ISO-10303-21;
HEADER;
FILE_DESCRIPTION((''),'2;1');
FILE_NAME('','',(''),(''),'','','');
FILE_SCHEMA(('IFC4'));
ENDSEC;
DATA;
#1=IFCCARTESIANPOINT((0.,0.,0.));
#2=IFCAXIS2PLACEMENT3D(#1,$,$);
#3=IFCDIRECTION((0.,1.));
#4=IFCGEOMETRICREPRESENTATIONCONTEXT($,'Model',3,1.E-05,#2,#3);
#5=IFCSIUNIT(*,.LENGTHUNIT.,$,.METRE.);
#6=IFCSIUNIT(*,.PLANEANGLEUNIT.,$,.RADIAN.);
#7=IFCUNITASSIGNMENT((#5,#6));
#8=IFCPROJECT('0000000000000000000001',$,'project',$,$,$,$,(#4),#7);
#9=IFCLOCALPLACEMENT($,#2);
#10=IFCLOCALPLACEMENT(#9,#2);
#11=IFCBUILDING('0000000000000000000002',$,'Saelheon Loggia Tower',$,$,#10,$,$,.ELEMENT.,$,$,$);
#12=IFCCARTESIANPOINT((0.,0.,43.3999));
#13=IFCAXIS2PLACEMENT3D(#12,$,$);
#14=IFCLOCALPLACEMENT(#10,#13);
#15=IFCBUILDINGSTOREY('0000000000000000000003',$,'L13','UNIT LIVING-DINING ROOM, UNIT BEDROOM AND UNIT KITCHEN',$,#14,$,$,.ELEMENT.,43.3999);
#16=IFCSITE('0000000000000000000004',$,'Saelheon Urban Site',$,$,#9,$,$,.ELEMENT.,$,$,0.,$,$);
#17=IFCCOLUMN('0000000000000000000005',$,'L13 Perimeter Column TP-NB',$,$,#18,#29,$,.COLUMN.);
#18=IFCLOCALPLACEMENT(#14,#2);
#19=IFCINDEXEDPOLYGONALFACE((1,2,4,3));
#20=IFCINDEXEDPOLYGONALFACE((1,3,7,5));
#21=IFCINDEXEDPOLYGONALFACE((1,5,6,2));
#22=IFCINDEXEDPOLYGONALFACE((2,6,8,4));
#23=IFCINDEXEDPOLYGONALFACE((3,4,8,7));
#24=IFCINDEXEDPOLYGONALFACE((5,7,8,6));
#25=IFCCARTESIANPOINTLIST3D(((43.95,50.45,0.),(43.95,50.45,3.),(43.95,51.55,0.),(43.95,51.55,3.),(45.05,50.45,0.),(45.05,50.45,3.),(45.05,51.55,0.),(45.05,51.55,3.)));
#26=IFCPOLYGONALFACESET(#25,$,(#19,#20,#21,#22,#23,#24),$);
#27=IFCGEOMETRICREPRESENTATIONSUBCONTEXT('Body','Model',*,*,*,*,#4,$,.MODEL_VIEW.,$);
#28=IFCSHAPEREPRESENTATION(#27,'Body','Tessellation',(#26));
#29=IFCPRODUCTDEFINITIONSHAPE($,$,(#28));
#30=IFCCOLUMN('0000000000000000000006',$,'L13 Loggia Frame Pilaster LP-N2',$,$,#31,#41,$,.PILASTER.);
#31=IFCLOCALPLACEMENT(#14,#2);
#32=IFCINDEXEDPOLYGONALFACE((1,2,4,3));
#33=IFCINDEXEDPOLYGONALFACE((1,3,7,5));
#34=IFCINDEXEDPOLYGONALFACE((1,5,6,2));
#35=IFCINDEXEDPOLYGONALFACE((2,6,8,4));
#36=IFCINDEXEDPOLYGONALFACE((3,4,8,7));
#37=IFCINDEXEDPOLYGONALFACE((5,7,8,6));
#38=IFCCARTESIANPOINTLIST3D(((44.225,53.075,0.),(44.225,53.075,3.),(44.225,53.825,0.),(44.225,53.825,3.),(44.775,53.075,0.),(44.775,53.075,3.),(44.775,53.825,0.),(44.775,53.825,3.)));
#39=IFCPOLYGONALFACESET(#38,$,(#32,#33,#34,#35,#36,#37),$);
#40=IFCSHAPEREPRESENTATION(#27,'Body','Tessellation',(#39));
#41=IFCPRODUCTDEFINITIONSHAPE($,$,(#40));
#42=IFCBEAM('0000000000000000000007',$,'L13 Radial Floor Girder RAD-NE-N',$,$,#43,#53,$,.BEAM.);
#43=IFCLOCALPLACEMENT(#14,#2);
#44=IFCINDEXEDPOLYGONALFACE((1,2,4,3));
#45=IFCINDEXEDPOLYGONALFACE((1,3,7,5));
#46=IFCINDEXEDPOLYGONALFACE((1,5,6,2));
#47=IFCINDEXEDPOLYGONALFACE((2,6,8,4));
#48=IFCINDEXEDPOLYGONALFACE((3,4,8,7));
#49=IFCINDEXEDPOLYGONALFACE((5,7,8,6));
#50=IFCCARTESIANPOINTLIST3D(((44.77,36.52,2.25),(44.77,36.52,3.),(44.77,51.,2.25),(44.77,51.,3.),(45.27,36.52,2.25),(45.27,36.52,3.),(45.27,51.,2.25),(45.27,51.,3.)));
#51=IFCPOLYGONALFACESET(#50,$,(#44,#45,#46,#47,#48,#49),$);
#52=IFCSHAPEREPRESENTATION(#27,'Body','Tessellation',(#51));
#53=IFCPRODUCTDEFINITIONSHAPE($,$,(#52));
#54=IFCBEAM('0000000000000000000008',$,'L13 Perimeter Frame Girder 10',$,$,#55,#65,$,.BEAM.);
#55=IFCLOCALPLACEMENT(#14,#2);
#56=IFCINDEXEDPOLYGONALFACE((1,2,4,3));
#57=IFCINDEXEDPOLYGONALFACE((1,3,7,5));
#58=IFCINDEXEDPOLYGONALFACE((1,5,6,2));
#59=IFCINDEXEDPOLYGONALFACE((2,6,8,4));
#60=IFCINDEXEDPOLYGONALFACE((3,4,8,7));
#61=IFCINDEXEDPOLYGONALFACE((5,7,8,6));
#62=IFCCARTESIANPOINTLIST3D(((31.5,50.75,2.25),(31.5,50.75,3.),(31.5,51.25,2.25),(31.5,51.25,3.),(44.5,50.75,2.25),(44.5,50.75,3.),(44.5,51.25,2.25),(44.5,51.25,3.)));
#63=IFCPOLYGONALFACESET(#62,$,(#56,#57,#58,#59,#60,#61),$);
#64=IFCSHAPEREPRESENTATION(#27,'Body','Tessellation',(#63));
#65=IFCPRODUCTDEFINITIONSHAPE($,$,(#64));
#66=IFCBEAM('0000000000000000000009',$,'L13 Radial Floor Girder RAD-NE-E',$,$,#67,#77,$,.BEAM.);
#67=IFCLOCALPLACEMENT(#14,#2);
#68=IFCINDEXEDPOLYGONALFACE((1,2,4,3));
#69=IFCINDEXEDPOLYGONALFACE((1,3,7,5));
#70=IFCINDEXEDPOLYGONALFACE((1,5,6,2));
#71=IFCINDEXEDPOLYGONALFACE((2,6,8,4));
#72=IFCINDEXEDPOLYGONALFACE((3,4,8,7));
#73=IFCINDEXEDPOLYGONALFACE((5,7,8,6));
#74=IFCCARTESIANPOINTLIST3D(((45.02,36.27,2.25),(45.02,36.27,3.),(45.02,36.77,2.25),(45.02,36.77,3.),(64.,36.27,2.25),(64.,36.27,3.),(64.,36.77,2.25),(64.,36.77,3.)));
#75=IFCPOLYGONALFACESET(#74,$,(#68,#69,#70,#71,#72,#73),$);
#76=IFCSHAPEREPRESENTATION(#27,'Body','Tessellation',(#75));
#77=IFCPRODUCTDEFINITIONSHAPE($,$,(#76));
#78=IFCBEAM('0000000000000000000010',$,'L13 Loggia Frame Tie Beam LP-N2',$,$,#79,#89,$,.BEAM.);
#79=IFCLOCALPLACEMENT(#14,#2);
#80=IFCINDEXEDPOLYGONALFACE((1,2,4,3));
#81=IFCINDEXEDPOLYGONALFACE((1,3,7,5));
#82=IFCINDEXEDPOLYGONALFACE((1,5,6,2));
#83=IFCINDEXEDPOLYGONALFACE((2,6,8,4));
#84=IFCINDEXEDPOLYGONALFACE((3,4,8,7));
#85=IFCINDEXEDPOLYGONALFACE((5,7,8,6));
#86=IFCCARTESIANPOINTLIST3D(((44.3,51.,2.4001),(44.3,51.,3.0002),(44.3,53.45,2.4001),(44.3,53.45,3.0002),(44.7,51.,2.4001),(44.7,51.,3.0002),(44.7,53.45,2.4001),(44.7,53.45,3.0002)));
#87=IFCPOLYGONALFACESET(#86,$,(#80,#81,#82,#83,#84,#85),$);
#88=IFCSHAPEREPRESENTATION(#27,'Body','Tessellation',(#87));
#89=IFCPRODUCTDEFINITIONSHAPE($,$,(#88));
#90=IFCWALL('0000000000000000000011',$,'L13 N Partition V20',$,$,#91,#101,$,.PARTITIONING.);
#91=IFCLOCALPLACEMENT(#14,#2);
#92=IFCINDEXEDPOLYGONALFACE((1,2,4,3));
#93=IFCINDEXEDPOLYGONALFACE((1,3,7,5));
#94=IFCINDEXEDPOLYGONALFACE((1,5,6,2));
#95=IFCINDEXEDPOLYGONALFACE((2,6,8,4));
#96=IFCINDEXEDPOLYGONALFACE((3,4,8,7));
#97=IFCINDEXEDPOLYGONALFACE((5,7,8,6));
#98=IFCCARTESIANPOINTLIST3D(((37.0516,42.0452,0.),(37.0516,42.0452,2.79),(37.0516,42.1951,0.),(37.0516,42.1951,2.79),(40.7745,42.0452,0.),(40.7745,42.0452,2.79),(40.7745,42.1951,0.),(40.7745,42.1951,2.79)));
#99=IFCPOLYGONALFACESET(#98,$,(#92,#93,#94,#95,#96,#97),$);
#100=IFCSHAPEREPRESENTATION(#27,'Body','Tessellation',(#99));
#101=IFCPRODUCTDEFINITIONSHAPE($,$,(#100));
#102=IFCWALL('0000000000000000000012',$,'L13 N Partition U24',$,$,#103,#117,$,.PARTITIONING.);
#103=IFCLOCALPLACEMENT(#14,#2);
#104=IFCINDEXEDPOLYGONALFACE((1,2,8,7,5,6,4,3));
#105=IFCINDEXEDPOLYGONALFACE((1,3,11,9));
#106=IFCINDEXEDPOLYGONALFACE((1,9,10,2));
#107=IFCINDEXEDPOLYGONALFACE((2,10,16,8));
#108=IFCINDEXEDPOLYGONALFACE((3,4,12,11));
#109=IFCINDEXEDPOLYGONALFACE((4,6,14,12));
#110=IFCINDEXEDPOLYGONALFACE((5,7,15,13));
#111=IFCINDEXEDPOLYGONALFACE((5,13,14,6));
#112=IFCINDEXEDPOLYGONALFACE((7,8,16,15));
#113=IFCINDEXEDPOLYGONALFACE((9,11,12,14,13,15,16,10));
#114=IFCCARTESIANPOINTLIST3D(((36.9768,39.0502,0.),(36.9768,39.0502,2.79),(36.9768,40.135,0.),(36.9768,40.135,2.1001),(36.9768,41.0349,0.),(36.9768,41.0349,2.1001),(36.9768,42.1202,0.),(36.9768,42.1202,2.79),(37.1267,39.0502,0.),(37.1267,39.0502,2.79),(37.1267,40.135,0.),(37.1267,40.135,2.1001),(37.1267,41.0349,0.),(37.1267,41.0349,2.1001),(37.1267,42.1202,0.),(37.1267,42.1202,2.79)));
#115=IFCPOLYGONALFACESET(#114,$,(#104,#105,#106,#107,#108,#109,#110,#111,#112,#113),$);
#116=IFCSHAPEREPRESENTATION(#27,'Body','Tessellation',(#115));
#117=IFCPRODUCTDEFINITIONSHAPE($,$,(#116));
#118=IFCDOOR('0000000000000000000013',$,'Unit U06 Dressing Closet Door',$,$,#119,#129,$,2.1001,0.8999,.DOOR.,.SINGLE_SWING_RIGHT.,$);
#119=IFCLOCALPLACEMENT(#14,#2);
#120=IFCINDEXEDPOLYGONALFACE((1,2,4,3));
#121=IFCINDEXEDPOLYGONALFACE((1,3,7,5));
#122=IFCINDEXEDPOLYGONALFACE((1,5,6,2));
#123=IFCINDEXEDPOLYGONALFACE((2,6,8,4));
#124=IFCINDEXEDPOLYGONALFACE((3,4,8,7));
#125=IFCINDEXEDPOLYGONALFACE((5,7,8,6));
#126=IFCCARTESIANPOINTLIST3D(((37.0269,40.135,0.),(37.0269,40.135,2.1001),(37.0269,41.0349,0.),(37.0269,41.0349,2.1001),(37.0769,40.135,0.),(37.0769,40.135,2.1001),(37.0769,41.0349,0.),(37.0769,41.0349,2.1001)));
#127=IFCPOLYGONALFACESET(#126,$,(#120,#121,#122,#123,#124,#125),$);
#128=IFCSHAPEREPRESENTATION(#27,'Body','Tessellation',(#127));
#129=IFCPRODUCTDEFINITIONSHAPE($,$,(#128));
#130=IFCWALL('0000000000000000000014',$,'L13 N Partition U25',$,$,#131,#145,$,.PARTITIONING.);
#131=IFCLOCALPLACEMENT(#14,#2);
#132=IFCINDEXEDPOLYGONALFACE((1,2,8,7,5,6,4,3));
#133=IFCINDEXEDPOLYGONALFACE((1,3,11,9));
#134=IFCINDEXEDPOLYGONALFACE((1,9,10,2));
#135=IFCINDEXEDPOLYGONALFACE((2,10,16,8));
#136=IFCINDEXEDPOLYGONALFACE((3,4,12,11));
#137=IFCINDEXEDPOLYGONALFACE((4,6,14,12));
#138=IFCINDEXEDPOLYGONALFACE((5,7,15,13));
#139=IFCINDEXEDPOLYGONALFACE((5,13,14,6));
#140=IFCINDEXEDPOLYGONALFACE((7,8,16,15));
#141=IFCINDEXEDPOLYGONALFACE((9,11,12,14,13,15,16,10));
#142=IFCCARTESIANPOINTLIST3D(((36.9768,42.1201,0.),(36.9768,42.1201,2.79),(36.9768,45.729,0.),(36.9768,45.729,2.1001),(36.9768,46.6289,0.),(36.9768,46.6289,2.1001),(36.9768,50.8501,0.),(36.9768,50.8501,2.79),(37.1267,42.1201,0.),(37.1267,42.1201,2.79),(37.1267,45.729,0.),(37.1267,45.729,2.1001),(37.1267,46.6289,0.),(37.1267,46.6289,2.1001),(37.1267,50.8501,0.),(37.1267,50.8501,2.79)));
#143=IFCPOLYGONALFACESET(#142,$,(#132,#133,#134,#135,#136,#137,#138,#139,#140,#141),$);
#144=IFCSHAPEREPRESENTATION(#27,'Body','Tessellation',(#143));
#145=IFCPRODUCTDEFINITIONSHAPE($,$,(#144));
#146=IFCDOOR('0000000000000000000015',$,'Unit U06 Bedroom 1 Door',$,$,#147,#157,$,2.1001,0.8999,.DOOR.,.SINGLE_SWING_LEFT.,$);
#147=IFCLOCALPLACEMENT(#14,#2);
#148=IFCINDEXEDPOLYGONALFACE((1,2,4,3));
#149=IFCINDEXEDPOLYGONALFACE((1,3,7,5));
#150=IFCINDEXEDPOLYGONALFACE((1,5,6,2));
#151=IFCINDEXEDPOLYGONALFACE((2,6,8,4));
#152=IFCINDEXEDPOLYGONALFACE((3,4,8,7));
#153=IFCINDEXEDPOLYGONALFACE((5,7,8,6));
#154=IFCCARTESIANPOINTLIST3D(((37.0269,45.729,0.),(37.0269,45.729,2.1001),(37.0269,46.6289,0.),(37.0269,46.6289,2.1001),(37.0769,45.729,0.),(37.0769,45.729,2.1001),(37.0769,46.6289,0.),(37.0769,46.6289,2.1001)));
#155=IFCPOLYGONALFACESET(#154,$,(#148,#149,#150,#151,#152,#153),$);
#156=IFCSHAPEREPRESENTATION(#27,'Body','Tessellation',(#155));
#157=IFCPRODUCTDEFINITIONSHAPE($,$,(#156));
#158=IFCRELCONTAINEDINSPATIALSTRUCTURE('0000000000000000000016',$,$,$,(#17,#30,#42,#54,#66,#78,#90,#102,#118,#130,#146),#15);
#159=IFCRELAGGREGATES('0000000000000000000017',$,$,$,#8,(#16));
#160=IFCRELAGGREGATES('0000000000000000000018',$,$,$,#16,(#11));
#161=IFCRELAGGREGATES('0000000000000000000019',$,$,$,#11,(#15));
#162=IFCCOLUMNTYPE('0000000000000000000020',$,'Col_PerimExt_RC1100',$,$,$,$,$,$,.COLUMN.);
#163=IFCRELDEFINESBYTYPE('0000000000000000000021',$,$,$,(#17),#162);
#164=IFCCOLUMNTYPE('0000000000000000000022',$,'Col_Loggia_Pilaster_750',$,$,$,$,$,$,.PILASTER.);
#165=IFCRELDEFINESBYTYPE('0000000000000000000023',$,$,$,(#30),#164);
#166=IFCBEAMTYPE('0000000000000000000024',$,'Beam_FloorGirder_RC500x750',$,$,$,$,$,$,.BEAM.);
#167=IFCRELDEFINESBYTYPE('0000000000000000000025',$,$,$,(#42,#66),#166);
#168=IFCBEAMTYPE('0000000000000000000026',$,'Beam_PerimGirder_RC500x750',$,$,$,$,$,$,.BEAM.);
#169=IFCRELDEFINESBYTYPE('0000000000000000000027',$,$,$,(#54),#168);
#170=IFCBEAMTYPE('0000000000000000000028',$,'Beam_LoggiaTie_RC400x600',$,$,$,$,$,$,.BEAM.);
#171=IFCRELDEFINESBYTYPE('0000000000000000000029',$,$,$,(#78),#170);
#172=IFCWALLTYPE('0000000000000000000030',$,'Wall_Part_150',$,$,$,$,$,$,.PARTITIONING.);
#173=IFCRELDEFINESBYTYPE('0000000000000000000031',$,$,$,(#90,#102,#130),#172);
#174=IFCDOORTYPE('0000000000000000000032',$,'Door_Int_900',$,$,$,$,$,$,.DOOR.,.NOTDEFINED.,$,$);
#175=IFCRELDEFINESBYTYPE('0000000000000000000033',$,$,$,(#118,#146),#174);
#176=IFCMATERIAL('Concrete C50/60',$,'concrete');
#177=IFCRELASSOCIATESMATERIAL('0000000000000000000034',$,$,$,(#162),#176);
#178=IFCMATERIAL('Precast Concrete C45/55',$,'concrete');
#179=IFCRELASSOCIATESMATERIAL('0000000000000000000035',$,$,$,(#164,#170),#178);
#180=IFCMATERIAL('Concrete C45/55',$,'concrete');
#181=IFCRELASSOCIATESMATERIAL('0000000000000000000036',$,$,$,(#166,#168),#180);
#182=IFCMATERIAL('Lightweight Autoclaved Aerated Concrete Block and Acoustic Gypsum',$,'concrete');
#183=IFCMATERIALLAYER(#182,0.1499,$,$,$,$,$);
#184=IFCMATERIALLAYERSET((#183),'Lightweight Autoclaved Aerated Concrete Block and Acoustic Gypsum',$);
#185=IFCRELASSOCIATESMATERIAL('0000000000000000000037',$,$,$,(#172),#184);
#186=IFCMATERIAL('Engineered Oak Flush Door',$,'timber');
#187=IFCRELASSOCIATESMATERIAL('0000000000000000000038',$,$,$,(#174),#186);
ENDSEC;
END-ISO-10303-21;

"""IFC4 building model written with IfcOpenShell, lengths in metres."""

from ifc_helpers import new_model, si_unit, direction, frame, frame_2d, origin, origin_2d, place, context, subcontext, project, spatial, rectangle, extrude, source, transform, mapped, material, layer, layer_set, material_profile, profile_set, type_object, element, fill, save


model = new_model("IFC4")

# Units and contexts
model_context = context("Model", 3, precision=1e-05, world=origin(), true_north=direction((0.0, 1.0)))
body_context = subcontext(model_context, "Body", "Model", "MODEL_VIEW")
ifc_project = project(units=[si_unit("LENGTHUNIT", "METRE"), si_unit("PLANEANGLEUNIT", "RADIAN")], contexts=[model_context])

# Site, building, storey
site_placement = place(None, origin())
site = spatial("IfcSite", under=ifc_project, at=site_placement, Name="Saelheon Urban Site", CompositionType="ELEMENT", RefElevation=0.0)
building_placement = place(site_placement, origin())
building = spatial("IfcBuilding", under=site, at=building_placement, Name="Saelheon Loggia Tower", CompositionType="ELEMENT")
storey_placement = place(building_placement, frame((0.0, 0.0, 43.3999)))
storey = spatial("IfcBuildingStorey", under=building, at=storey_placement, Name="L13", Description="UNIT LIVING-DINING ROOM, UNIT BEDROOM AND UNIT KITCHEN", CompositionType="ELEMENT", Elevation=43.3999)

# Columns
ifc_material_1 = material(Name="Concrete C50/60", Category="concrete")
ifc_material_profile_1 = material_profile(ifc_material_1, rectangle(XDim=1.1001, YDim=1.1001, at=origin_2d()), Name="RC-1100x1100")
ifc_profile_set_1 = profile_set([ifc_material_profile_1], Name="Concrete C50/60")
column_type_1 = type_object("IfcColumnType", Name="Col_PerimExt_RC1100", PredefinedType="COLUMN", material=ifc_profile_set_1)
shared_shape_1 = source(origin(), body_context, "Body", "SweptSolid", [
    extrude(rectangle(XDim=1.1001, YDim=1.1001, at=origin_2d()), origin(), (0.0, 0.0, 1.0), 3.0),
])
column_1_placement = place(storey_placement, frame((44.5, 51.0, 0.0), z_axis=(0.0, 0.0, 1.0), x_axis=(1.0, 0.0, 0.0)))
element("IfcColumn", 1, at=column_1_placement, inside=storey, type_object=column_type_1, Name="L13 Perimeter Column TP-NB", PredefinedType="COLUMN", context=body_context, shape_type="MappedRepresentation", body=[
    mapped(shared_shape_1, transform((0.0, 0.0, 0.0), scale=1.0)),
])
ifc_material_2 = material(Name="Precast Concrete C45/55", Category="concrete")
ifc_material_profile_2 = material_profile(ifc_material_2, rectangle(XDim=0.55, YDim=0.75, at=origin_2d()), Name="RC-550x750")
ifc_profile_set_2 = profile_set([ifc_material_profile_2], Name="Precast Concrete C45/55")
column_type_2 = type_object("IfcColumnType", Name="Col_Loggia_Pilaster_750", PredefinedType="PILASTER", material=ifc_profile_set_2)
shared_shape_2 = source(origin(), body_context, "Body", "SweptSolid", [
    extrude(rectangle(XDim=0.55, YDim=0.75, at=origin_2d()), origin(), (0.0, 0.0, 1.0), 3.0),
])
column_2_placement = place(storey_placement, frame((44.5, 53.45, 0.0), z_axis=(0.0, 0.0, 1.0), x_axis=(1.0, 0.0, 0.0)))
element("IfcColumn", 2, at=column_2_placement, inside=storey, type_object=column_type_2, Name="L13 Loggia Frame Pilaster LP-N2", PredefinedType="PILASTER", context=body_context, shape_type="MappedRepresentation", body=[
    mapped(shared_shape_2, transform((0.0, 0.0, 0.0), scale=1.0)),
])

# Beams
ifc_material_3 = material(Name="Concrete C45/55", Category="concrete")
ifc_material_profile_3 = material_profile(ifc_material_3, rectangle(XDim=0.5, YDim=0.75, at=origin_2d()), Name="RC-500x750")
ifc_profile_set_3 = profile_set([ifc_material_profile_3], Name="Concrete C45/55")
beam_type_1 = type_object("IfcBeamType", Name="Beam_FloorGirder_RC500x750", PredefinedType="BEAM", material=ifc_profile_set_3)
shared_shape_3 = source(origin(), body_context, "Body", "SweptSolid", [
    extrude(rectangle(XDim=0.5, YDim=0.75, at=origin_2d()), origin(), (0.0, 0.0, 1.0), 14.48),
])
beam_1_placement = place(storey_placement, frame((45.02, 36.52, 2.625), z_axis=(0.0, 1.0, 0.0), x_axis=(-1.0, 0.0, 0.0)))
element("IfcBeam", 3, at=beam_1_placement, inside=storey, type_object=beam_type_1, Name="L13 Radial Floor Girder RAD-NE-N", PredefinedType="BEAM", context=body_context, shape_type="MappedRepresentation", body=[
    mapped(shared_shape_3, transform((0.0, 0.0, 0.0), scale=1.0)),
])
ifc_material_profile_4 = material_profile(ifc_material_3, rectangle(XDim=0.5, YDim=0.75, at=origin_2d()), Name="RC-500x750")
ifc_profile_set_4 = profile_set([ifc_material_profile_4], Name="Concrete C45/55")
beam_type_2 = type_object("IfcBeamType", Name="Beam_PerimGirder_RC500x750", PredefinedType="BEAM", material=ifc_profile_set_4)
shared_shape_4 = source(origin(), body_context, "Body", "SweptSolid", [
    extrude(rectangle(XDim=0.5, YDim=0.75, at=origin_2d()), origin(), (0.0, 0.0, 1.0), 13.0),
])
beam_2_placement = place(storey_placement, frame((44.5, 51.0, 2.625), z_axis=(-1.0, 0.0, 0.0), x_axis=(0.0, -1.0, 0.0)))
element("IfcBeam", 4, at=beam_2_placement, inside=storey, type_object=beam_type_2, Name="L13 Perimeter Frame Girder 10", PredefinedType="BEAM", context=body_context, shape_type="MappedRepresentation", body=[
    mapped(shared_shape_4, transform((0.0, 0.0, 0.0), scale=1.0)),
])
shared_shape_5 = source(origin(), body_context, "Body", "SweptSolid", [
    extrude(rectangle(XDim=0.5, YDim=0.75, at=origin_2d()), origin(), (0.0, 0.0, 1.0), 18.98),
])
beam_3_placement = place(storey_placement, frame((45.02, 36.52, 2.625), z_axis=(1.0, 0.0, 0.0), x_axis=(0.0, 1.0, 0.0)))
element("IfcBeam", 5, at=beam_3_placement, inside=storey, type_object=beam_type_1, Name="L13 Radial Floor Girder RAD-NE-E", PredefinedType="BEAM", context=body_context, shape_type="MappedRepresentation", body=[
    mapped(shared_shape_5, transform((0.0, 0.0, 0.0), scale=1.0)),
])
ifc_material_profile_5 = material_profile(ifc_material_2, rectangle(XDim=0.3999, YDim=0.6001, at=origin_2d()), Name="RC-400x600")
ifc_profile_set_5 = profile_set([ifc_material_profile_5], Name="Precast Concrete C45/55")
beam_type_3 = type_object("IfcBeamType", Name="Beam_LoggiaTie_RC400x600", PredefinedType="BEAM", material=ifc_profile_set_5)
shared_shape_6 = source(origin(), body_context, "Body", "SweptSolid", [
    extrude(rectangle(XDim=0.3999, YDim=0.6001, at=origin_2d()), origin(), (0.0, 0.0, 1.0), 2.45),
])
beam_4_placement = place(storey_placement, frame((44.5, 51.0, 2.7002), z_axis=(0.0, 1.0, 0.0), x_axis=(-1.0, 0.0, 0.0)))
element("IfcBeam", 6, at=beam_4_placement, inside=storey, type_object=beam_type_3, Name="L13 Loggia Frame Tie Beam LP-N2", PredefinedType="BEAM", context=body_context, shape_type="MappedRepresentation", body=[
    mapped(shared_shape_6, transform((0.0, 0.0, 0.0), scale=1.0)),
])

# Wall
ifc_material_4 = material(Name="Lightweight Autoclaved Aerated Concrete Block and Acoustic Gypsum", Category="concrete")
ifc_layer_1 = layer(ifc_material_4, 0.1499)
ifc_layer_set_1 = layer_set([ifc_layer_1], Name="Lightweight Autoclaved Aerated Concrete Block and Acoustic Gypsum")
wall_type_1 = type_object("IfcWallType", Name="Wall_Part_150", PredefinedType="PARTITIONING", material=ifc_layer_set_1)
wall_1_placement = place(storey_placement, frame((37.0518, 42.1201, 0.0), z_axis=(0.0, 0.0, 1.0), x_axis=(1.0, 0.0, 0.0)))
element("IfcWall", 7, at=wall_1_placement, inside=storey, type_object=wall_type_1, Name="L13 N Partition V20", PredefinedType="PARTITIONING", context=body_context, shape_type="SweptSolid", body=[
    extrude(rectangle(XDim=3.7229, YDim=0.1499, at=frame_2d((1.8613, 0.0))), origin(), (0.0, 0.0, 1.0), 2.79),
])

# Walls, openings, doors
wall_2_placement = place(storey_placement, frame((37.0518, 39.05, 0.0), z_axis=(0.0, 0.0, 1.0), x_axis=(0.0, 1.0, 0.0)))
wall_2 = element("IfcWall", 8, at=wall_2_placement, inside=storey, type_object=wall_type_1, Name="L13 N Partition U24", PredefinedType="PARTITIONING", context=body_context, shape_type="SweptSolid", body=[
    extrude(rectangle(XDim=3.0701, YDim=0.1499, at=frame_2d((1.5352, 0.0))), origin(), (0.0, 0.0, 1.0), 2.79),
])
opening_1_placement = place(wall_2_placement, frame((1.085, 0.0, 0.0)))
opening_1 = element("IfcOpeningElement", 9, at=opening_1_placement, cuts=wall_2, PredefinedType="OPENING", context=body_context, shape_type="SweptSolid", body=[
    extrude(rectangle(XDim=0.8999, YDim=2.1001, at=frame_2d((0.45, 1.05))), frame((0.0, 0.0869, 0.0), z_axis=(0.0, -1.0, 0.0), x_axis=(1.0, 0.0, 0.0)), (0.0, 0.0, 1.0), 0.1738),
])
ifc_material_5 = material(Name="Engineered Oak Flush Door", Category="timber")
door_type_1 = type_object("IfcDoorType", Name="Door_Int_900", OperationType="NOTDEFINED", PredefinedType="DOOR", material=ifc_material_5)
shared_shape_7 = source(origin(), body_context, "Body", "SweptSolid", [
    extrude(rectangle(XDim=0.8999, YDim=2.1001, at=frame_2d((0.45, 1.05))), frame((0.0, 0.0249, 0.0), z_axis=(0.0, -1.0, 0.0), x_axis=(1.0, 0.0, 0.0)), (0.0, 0.0, 1.0), 0.05),
])
door_1_placement = place(opening_1_placement, origin())
door_1 = element("IfcDoor", 10, at=door_1_placement, inside=storey, type_object=door_type_1, Name="Unit U06 Dressing Closet Door", OperationType="SINGLE_SWING_RIGHT", OverallHeight=2.1001, OverallWidth=0.8999, PredefinedType="DOOR", context=body_context, shape_type="MappedRepresentation", body=[
    mapped(shared_shape_7, transform((0.0, 0.0, 0.0), scale=1.0)),
])
fill(opening_1, door_1)
wall_3_placement = place(storey_placement, frame((37.0518, 42.1201, 0.0), z_axis=(0.0, 0.0, 1.0), x_axis=(0.0, 1.0, 0.0)))
wall_3 = element("IfcWall", 11, at=wall_3_placement, inside=storey, type_object=wall_type_1, Name="L13 N Partition U25", PredefinedType="PARTITIONING", context=body_context, shape_type="SweptSolid", body=[
    extrude(rectangle(XDim=8.73, YDim=0.1499, at=frame_2d((4.365, 0.0))), origin(), (0.0, 0.0, 1.0), 2.79),
])
opening_2_placement = place(wall_3_placement, frame((3.6089, 0.0, 0.0)))
opening_2 = element("IfcOpeningElement", 12, at=opening_2_placement, cuts=wall_3, PredefinedType="OPENING", context=body_context, shape_type="SweptSolid", body=[
    extrude(rectangle(XDim=0.8999, YDim=2.1001, at=frame_2d((0.45, 1.05))), frame((0.0, 0.0869, 0.0), z_axis=(0.0, -1.0, 0.0), x_axis=(1.0, 0.0, 0.0)), (0.0, 0.0, 1.0), 0.1738),
])
door_2_placement = place(opening_2_placement, origin())
door_2 = element("IfcDoor", 13, at=door_2_placement, inside=storey, type_object=door_type_1, Name="Unit U06 Bedroom 1 Door", OperationType="SINGLE_SWING_LEFT", OverallHeight=2.1001, OverallWidth=0.8999, PredefinedType="DOOR", context=body_context, shape_type="MappedRepresentation", body=[
    mapped(shared_shape_7, transform((0.0, 0.0, 0.0), scale=1.0)),
])
fill(opening_2, door_2)

save(model, "model.ifc")
